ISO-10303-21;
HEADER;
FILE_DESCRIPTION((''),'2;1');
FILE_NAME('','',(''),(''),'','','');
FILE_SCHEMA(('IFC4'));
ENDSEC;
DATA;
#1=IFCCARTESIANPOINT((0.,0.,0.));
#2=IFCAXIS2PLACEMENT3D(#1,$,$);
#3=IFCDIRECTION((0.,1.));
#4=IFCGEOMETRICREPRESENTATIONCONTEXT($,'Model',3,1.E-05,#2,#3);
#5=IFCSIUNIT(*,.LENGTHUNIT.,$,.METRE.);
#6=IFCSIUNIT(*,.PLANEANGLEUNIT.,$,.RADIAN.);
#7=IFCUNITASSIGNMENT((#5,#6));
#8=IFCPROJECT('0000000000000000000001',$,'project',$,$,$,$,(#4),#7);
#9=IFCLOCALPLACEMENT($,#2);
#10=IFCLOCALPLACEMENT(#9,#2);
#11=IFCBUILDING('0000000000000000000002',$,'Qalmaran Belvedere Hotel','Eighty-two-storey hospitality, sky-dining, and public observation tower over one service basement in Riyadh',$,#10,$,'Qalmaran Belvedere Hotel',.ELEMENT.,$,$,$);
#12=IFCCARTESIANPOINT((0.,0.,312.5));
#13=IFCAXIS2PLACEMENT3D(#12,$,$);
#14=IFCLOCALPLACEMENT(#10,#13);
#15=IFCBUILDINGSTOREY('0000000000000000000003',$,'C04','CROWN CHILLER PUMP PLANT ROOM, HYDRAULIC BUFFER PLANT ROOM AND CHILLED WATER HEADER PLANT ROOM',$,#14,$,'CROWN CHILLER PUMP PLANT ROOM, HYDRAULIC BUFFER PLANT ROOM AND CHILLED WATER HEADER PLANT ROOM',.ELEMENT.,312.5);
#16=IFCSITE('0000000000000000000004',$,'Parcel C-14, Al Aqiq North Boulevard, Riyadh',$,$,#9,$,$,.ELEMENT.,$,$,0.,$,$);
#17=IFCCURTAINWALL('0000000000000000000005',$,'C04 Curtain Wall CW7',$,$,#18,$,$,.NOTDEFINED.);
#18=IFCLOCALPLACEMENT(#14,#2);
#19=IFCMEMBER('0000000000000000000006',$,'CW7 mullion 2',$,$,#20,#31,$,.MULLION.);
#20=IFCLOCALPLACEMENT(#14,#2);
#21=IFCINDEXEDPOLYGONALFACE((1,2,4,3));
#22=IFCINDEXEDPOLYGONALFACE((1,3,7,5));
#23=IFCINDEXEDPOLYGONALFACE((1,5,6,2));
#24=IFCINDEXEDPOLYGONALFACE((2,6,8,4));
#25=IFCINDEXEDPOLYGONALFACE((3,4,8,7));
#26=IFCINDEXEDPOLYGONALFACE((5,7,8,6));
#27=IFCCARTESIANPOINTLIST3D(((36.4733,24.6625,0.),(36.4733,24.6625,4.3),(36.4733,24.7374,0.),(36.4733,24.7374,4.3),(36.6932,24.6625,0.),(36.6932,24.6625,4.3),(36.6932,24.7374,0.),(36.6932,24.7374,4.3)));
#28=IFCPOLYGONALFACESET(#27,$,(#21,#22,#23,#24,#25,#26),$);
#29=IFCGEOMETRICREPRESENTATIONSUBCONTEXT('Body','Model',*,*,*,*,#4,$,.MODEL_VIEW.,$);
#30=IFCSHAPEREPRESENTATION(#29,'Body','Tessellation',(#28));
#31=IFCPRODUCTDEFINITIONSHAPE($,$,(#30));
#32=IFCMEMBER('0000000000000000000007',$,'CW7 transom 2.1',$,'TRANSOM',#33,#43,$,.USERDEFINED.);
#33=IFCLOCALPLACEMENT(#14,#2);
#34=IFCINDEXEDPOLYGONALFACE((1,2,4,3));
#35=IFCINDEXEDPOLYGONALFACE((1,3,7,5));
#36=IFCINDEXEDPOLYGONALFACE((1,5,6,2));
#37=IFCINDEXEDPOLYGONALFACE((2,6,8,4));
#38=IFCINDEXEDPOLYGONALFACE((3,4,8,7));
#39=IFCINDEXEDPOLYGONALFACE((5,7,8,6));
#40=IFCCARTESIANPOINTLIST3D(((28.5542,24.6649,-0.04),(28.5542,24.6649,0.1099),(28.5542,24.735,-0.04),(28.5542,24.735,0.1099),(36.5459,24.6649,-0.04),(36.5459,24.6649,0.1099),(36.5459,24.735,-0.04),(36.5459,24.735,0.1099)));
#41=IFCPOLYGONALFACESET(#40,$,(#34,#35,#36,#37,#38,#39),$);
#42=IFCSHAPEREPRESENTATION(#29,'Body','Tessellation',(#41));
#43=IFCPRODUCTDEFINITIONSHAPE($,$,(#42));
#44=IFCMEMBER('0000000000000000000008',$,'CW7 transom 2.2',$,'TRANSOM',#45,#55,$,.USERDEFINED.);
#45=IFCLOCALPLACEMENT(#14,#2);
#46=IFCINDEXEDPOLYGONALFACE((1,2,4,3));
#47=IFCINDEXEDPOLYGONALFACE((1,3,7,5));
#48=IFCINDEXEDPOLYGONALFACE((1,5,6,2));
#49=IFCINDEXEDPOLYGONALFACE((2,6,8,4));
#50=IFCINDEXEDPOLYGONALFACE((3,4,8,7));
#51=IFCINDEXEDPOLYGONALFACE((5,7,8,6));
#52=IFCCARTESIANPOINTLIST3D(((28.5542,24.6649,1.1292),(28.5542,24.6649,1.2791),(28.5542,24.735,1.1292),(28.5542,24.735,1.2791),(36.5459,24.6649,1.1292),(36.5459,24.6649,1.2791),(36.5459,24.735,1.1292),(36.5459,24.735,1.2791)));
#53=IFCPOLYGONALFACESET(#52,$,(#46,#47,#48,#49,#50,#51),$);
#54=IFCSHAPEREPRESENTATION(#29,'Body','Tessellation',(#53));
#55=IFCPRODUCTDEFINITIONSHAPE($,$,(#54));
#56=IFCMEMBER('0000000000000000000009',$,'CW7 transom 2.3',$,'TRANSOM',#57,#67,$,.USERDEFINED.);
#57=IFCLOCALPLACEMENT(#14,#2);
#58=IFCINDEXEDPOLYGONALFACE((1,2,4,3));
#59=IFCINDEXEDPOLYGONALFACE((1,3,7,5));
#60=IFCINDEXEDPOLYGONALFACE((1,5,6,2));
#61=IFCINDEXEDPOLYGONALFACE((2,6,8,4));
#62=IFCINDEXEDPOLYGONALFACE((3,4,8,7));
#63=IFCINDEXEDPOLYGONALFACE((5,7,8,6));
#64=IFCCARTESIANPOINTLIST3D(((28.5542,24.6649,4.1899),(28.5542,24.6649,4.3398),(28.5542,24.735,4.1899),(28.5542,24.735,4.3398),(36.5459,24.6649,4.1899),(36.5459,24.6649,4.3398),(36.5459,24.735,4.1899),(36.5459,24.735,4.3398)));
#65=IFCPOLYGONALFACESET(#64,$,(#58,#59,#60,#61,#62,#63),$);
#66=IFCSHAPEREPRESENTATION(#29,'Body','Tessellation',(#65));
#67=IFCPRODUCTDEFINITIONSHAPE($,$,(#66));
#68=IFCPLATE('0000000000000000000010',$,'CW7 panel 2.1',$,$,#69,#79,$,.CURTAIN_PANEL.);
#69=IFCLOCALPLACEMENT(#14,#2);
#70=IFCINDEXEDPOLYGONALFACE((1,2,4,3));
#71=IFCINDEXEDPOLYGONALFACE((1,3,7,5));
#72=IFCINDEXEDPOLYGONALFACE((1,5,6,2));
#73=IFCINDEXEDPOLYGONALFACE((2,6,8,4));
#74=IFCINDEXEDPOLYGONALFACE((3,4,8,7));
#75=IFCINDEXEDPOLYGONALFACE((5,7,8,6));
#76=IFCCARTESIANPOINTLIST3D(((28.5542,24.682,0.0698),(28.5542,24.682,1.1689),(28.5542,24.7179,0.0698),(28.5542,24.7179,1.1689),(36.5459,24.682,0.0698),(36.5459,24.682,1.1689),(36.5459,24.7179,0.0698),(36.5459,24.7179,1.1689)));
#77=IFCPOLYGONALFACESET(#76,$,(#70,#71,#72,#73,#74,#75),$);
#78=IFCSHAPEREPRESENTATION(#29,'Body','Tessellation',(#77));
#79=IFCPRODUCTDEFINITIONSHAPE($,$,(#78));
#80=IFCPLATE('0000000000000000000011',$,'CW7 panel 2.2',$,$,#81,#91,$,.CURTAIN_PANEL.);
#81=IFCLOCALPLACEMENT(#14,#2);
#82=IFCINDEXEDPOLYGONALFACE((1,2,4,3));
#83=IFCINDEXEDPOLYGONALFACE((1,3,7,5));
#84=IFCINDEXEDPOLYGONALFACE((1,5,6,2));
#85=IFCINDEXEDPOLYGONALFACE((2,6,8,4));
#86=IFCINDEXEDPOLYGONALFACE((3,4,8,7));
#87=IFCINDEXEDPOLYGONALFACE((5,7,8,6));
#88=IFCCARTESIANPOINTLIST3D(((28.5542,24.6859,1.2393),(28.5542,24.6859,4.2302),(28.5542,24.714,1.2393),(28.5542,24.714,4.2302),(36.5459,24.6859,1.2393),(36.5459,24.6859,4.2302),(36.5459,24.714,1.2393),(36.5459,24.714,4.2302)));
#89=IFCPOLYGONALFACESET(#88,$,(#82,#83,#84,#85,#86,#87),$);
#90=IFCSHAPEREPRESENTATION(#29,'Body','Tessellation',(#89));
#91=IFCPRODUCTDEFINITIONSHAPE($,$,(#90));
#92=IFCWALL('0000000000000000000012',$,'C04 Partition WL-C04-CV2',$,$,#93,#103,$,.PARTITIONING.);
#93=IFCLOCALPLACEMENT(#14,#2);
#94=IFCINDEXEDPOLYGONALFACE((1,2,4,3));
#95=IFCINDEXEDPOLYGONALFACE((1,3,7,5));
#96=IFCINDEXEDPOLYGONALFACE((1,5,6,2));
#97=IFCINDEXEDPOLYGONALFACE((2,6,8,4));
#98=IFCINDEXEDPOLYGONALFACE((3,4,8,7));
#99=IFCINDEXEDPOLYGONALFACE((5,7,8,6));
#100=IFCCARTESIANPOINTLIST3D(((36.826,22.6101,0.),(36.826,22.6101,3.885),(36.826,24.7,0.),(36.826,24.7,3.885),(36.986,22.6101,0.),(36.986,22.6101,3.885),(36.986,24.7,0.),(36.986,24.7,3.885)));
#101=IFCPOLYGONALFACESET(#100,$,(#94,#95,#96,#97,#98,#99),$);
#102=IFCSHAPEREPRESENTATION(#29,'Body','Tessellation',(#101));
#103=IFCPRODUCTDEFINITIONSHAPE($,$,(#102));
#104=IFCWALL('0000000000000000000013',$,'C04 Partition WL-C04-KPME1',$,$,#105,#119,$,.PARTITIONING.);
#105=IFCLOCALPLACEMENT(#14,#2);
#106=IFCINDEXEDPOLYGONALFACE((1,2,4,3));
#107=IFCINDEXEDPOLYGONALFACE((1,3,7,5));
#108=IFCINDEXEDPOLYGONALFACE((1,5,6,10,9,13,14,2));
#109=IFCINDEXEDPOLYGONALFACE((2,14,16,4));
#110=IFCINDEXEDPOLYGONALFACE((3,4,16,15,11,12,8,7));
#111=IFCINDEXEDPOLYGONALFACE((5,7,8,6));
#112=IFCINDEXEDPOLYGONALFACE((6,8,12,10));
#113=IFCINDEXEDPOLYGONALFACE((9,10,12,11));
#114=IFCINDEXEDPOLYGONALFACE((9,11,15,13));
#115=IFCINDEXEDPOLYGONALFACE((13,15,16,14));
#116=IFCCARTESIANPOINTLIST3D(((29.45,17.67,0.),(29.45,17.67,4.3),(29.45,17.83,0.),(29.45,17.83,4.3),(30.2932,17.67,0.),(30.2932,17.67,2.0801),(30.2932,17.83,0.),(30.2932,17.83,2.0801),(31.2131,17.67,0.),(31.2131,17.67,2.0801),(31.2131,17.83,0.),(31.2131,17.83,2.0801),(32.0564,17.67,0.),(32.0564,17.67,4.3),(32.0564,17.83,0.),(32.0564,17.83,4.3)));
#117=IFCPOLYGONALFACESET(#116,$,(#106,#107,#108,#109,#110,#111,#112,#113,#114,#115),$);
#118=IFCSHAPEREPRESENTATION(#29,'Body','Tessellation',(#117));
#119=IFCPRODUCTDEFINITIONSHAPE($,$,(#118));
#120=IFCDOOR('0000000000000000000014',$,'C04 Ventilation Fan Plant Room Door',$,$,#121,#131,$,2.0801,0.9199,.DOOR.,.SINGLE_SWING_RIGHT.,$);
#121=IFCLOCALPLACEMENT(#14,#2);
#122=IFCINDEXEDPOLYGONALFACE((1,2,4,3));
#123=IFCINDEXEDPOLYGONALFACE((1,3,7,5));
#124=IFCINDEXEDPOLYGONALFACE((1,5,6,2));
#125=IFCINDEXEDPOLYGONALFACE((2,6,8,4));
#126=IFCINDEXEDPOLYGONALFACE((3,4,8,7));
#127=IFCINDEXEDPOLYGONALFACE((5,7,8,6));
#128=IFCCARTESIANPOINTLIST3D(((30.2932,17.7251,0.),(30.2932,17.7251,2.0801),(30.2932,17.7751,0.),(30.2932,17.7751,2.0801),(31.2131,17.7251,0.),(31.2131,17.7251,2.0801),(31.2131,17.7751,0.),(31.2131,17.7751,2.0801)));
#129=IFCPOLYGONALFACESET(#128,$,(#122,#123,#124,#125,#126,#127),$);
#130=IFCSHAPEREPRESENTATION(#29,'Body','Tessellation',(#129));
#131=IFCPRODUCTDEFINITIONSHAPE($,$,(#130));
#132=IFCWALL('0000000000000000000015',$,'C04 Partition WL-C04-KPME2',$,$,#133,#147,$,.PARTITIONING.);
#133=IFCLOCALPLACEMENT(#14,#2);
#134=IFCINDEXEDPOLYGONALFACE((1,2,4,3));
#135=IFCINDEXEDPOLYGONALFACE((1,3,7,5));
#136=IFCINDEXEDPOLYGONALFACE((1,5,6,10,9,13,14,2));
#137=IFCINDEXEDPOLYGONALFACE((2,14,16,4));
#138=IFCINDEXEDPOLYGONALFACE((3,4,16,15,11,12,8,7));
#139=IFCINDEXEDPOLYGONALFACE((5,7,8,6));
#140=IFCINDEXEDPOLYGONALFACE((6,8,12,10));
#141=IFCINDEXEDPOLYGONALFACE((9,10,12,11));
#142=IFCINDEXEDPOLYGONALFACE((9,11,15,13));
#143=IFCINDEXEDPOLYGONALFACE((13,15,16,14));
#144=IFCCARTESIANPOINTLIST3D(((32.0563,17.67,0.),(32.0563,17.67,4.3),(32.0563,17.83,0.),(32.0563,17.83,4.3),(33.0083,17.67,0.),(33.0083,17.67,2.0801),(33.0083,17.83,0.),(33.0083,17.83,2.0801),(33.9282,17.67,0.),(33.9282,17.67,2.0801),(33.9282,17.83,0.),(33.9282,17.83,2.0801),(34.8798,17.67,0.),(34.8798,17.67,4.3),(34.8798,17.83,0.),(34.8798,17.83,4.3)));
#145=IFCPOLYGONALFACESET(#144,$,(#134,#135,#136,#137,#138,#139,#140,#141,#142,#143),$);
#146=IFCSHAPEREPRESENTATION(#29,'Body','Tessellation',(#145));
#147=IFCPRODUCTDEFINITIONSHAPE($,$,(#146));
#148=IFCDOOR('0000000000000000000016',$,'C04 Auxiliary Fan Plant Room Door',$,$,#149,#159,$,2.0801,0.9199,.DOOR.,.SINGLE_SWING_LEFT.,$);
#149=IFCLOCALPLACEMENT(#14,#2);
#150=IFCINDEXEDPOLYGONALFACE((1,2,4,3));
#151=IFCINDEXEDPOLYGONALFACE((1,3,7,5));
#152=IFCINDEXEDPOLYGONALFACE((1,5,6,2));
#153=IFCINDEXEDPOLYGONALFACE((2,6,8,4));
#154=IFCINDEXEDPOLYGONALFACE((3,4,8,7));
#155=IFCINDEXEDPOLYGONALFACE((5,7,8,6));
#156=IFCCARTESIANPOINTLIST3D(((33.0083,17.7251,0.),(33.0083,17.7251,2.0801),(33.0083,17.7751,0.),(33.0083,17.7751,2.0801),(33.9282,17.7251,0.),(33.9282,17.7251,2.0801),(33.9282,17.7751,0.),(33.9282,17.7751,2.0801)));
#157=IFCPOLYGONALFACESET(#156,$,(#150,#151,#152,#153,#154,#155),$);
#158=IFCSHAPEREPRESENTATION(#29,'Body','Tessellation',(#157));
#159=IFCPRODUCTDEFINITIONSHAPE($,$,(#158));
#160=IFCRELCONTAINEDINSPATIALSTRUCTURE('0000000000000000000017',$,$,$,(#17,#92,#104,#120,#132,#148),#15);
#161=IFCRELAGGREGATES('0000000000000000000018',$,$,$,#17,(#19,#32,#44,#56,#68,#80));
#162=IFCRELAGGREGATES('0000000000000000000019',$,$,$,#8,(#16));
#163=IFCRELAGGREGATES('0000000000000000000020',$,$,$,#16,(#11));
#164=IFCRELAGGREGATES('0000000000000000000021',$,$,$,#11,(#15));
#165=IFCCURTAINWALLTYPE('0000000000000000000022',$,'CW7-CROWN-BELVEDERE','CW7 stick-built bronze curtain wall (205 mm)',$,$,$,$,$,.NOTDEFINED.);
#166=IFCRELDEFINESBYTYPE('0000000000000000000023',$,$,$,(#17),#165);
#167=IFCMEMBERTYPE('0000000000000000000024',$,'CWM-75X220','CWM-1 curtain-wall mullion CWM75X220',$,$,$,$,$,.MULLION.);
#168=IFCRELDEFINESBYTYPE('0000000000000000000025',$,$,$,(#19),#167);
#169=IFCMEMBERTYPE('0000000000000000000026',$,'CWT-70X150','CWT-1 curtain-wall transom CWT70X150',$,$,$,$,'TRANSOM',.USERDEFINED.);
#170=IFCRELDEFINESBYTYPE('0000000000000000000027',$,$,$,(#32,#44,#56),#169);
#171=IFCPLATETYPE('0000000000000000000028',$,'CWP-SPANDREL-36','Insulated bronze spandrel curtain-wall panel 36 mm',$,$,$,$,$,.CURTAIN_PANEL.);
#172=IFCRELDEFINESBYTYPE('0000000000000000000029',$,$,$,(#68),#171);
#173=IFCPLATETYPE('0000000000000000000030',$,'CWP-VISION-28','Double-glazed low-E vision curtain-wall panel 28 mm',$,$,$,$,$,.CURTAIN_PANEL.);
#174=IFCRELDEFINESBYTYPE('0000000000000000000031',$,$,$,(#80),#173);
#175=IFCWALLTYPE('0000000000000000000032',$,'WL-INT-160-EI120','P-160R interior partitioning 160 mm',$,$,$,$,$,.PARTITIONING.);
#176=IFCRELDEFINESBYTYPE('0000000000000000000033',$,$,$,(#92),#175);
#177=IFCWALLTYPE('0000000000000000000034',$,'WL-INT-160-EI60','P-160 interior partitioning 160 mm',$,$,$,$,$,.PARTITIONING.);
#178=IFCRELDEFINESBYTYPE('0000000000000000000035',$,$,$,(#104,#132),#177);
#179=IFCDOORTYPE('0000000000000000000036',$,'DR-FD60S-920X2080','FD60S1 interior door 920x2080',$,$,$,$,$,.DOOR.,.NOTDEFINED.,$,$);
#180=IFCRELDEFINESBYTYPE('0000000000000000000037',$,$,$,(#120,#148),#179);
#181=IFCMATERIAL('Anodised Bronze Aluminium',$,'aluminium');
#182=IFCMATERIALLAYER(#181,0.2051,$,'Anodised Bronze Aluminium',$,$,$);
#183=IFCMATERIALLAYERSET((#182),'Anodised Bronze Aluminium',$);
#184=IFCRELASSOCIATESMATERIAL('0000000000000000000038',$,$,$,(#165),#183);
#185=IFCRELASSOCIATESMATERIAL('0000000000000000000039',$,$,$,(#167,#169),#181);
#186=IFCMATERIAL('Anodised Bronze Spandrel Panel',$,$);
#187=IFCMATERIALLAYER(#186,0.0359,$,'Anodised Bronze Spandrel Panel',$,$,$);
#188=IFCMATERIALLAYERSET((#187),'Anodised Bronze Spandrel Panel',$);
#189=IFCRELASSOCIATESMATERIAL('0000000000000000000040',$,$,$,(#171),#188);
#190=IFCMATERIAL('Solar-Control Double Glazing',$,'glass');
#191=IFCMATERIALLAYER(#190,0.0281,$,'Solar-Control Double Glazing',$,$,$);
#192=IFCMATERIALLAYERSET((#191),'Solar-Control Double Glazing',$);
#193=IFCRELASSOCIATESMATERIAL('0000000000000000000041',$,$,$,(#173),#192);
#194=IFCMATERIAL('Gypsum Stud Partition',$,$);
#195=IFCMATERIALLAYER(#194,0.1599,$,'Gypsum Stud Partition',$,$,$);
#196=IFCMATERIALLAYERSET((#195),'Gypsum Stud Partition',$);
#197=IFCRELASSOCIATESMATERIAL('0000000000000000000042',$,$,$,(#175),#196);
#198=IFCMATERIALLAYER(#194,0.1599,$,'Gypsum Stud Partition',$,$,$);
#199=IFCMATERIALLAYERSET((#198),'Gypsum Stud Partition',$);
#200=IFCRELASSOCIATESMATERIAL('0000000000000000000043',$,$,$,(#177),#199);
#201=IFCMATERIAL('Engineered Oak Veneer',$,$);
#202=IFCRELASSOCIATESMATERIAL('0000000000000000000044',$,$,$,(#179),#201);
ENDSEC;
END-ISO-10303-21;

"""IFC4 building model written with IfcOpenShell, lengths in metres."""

from ifc_helpers import new_model, si_unit, direction, frame, frame_2d, origin, origin_2d, place, context, subcontext, project, spatial, rectangle, extrude, material, layer, layer_set, material_profile, profile_set, type_object, element, fill, aggregate, save


model = new_model("IFC4")

# Units and contexts
model_context = context("Model", 3, precision=1e-05, world=origin(), true_north=direction((0.0, 1.0)))
body_context = subcontext(model_context, "Body", "Model", "MODEL_VIEW")
ifc_project = project(units=[si_unit("LENGTHUNIT", "METRE"), si_unit("PLANEANGLEUNIT", "RADIAN")], contexts=[model_context])

# Site, building, storey
site_placement = place(None, origin())
site = spatial("IfcSite", under=ifc_project, at=site_placement, Name="Parcel C-14, Al Aqiq North Boulevard, Riyadh", CompositionType="ELEMENT", RefElevation=0.0)
building_placement = place(site_placement, origin())
building = spatial("IfcBuilding", under=site, at=building_placement, Name="Qalmaran Belvedere Hotel", Description="Eighty-two-storey hospitality, sky-dining, and public observation tower over one service basement in Riyadh", LongName="Qalmaran Belvedere Hotel", CompositionType="ELEMENT")
storey_placement = place(building_placement, frame((0.0, 0.0, 312.5)))
storey = spatial("IfcBuildingStorey", under=building, at=storey_placement, Name="C04", Description="CROWN CHILLER PUMP PLANT ROOM, HYDRAULIC BUFFER PLANT ROOM AND CHILLED WATER HEADER PLANT ROOM", LongName="CROWN CHILLER PUMP PLANT ROOM, HYDRAULIC BUFFER PLANT ROOM AND CHILLED WATER HEADER PLANT ROOM", CompositionType="ELEMENT", Elevation=312.5)

# Curtain wall, members, plates
ifc_material_1 = material(Name="Anodised Bronze Aluminium", Category="aluminium")
ifc_layer_1 = layer(ifc_material_1, 0.2051, Name="Anodised Bronze Aluminium")
ifc_layer_set_1 = layer_set([ifc_layer_1], Name="Anodised Bronze Aluminium")
curtain_wall_type = type_object("IfcCurtainWallType", Name="CW7-CROWN-BELVEDERE", Description="CW7 stick-built bronze curtain wall (205 mm)", PredefinedType="NOTDEFINED", material=ifc_layer_set_1)
curtain_wall_placement = place(storey_placement, origin())
curtain_wall = element("IfcCurtainWall", 1, at=curtain_wall_placement, inside=storey, type_object=curtain_wall_type, Name="C04 Curtain Wall CW7", PredefinedType="NOTDEFINED")
ifc_material_profile_1 = material_profile(ifc_material_1, rectangle(XDim=0.075, YDim=0.22, at=origin_2d()), Name="CWM75X220")
ifc_profile_set_1 = profile_set([ifc_material_profile_1], Name="Anodised Bronze Aluminium")
member_type_1 = type_object("IfcMemberType", Name="CWM-75X220", Description="CWM-1 curtain-wall mullion CWM75X220", PredefinedType="MULLION", material=ifc_profile_set_1)
member_1_placement = place(storey_placement, frame((36.5833, 24.7, 0.0), z_axis=(0.0, 0.0, 1.0), x_axis=(0.0, -1.0, 0.0)))
member_1 = element("IfcMember", 2, at=member_1_placement, type_object=member_type_1, Name="CW7 mullion 2", PredefinedType="MULLION", context=body_context, shape_type="SweptSolid", body=[
    extrude(rectangle(XDim=0.075, YDim=0.22, at=origin_2d()), origin(), (0.0, 0.0, 1.0), 4.3),
])
ifc_material_profile_2 = material_profile(ifc_material_1, rectangle(XDim=0.0701, YDim=0.1499, at=origin_2d()), Name="CWT70X150")
ifc_profile_set_2 = profile_set([ifc_material_profile_2], Name="Anodised Bronze Aluminium")
member_type_2 = type_object("IfcMemberType", Name="CWT-70X150", Description="CWT-1 curtain-wall transom CWT70X150", ElementType="TRANSOM", PredefinedType="USERDEFINED", material=ifc_profile_set_2)
member_2_placement = place(storey_placement, frame((36.5459, 24.7, 0.0349), z_axis=(-1.0, 0.0, 0.0), x_axis=(0.0, -1.0, 0.0)))
member_2 = element("IfcMember", 3, at=member_2_placement, type_object=member_type_2, Name="CW7 transom 2.1", ObjectType="TRANSOM", PredefinedType="USERDEFINED", context=body_context, shape_type="SweptSolid", body=[
    extrude(rectangle(XDim=0.0701, YDim=0.1499, at=origin_2d()), origin(), (0.0, 0.0, 1.0), 7.9917),
])
member_3_placement = place(storey_placement, frame((36.5459, 24.7, 1.2041), z_axis=(-1.0, 0.0, 0.0), x_axis=(0.0, -1.0, 0.0)))
member_3 = element("IfcMember", 4, at=member_3_placement, type_object=member_type_2, Name="CW7 transom 2.2", ObjectType="TRANSOM", PredefinedType="USERDEFINED", context=body_context, shape_type="SweptSolid", body=[
    extrude(rectangle(XDim=0.0701, YDim=0.1499, at=origin_2d()), origin(), (0.0, 0.0, 1.0), 7.9917),
])
member_4_placement = place(storey_placement, frame((36.5459, 24.7, 4.2649), z_axis=(-1.0, 0.0, 0.0), x_axis=(0.0, -1.0, 0.0)))
member_4 = element("IfcMember", 5, at=member_4_placement, type_object=member_type_2, Name="CW7 transom 2.3", ObjectType="TRANSOM", PredefinedType="USERDEFINED", context=body_context, shape_type="SweptSolid", body=[
    extrude(rectangle(XDim=0.0701, YDim=0.1499, at=origin_2d()), origin(), (0.0, 0.0, 1.0), 7.9917),
])
ifc_material_2 = material(Name="Anodised Bronze Spandrel Panel")
ifc_layer_2 = layer(ifc_material_2, 0.0359, Name="Anodised Bronze Spandrel Panel")
ifc_layer_set_2 = layer_set([ifc_layer_2], Name="Anodised Bronze Spandrel Panel")
plate_type_1 = type_object("IfcPlateType", Name="CWP-SPANDREL-36", Description="Insulated bronze spandrel curtain-wall panel 36 mm", PredefinedType="CURTAIN_PANEL", material=ifc_layer_set_2)
plate_1_placement = place(storey_placement, frame((32.55, 24.7, 0.0698), z_axis=(0.0, 0.0, 1.0), x_axis=(-1.0, 0.0, 0.0)))
plate_1 = element("IfcPlate", 6, at=plate_1_placement, type_object=plate_type_1, Name="CW7 panel 2.1", PredefinedType="CURTAIN_PANEL", context=body_context, shape_type="SweptSolid", body=[
    extrude(rectangle(XDim=7.9917, YDim=0.0359, at=origin_2d()), origin(), (0.0, 0.0, 1.0), 1.0991),
])
ifc_material_3 = material(Name="Solar-Control Double Glazing", Category="glass")
ifc_layer_3 = layer(ifc_material_3, 0.0281, Name="Solar-Control Double Glazing")
ifc_layer_set_3 = layer_set([ifc_layer_3], Name="Solar-Control Double Glazing")
plate_type_2 = type_object("IfcPlateType", Name="CWP-VISION-28", Description="Double-glazed low-E vision curtain-wall panel 28 mm", PredefinedType="CURTAIN_PANEL", material=ifc_layer_set_3)
plate_2_placement = place(storey_placement, frame((32.55, 24.7, 1.2393), z_axis=(0.0, 0.0, 1.0), x_axis=(-1.0, 0.0, 0.0)))
plate_2 = element("IfcPlate", 7, at=plate_2_placement, type_object=plate_type_2, Name="CW7 panel 2.2", PredefinedType="CURTAIN_PANEL", context=body_context, shape_type="SweptSolid", body=[
    extrude(rectangle(XDim=7.9917, YDim=0.0281, at=origin_2d()), origin(), (0.0, 0.0, 1.0), 2.991),
])
aggregate(curtain_wall, [member_1, member_2, member_3, member_4, plate_1, plate_2])

# Wall
ifc_material_4 = material(Name="Gypsum Stud Partition")
ifc_layer_4 = layer(ifc_material_4, 0.1599, Name="Gypsum Stud Partition")
ifc_layer_set_4 = layer_set([ifc_layer_4], Name="Gypsum Stud Partition")
wall_type_1 = type_object("IfcWallType", Name="WL-INT-160-EI120", Description="P-160R interior partitioning 160 mm", PredefinedType="PARTITIONING", material=ifc_layer_set_4)
wall_1_placement = place(storey_placement, frame((36.906, 22.6101, 0.0), z_axis=(0.0, 0.0, 1.0), x_axis=(0.0, 1.0, 0.0)))
element("IfcWall", 8, at=wall_1_placement, inside=storey, type_object=wall_type_1, Name="C04 Partition WL-C04-CV2", PredefinedType="PARTITIONING", context=body_context, shape_type="SweptSolid", body=[
    extrude(rectangle(XDim=2.0898, YDim=0.1599, at=frame_2d((1.0449, 0.0))), origin(), (0.0, 0.0, 1.0), 3.885),
])

# Walls, openings, doors
ifc_layer_5 = layer(ifc_material_4, 0.1599, Name="Gypsum Stud Partition")
ifc_layer_set_5 = layer_set([ifc_layer_5], Name="Gypsum Stud Partition")
wall_type_2 = type_object("IfcWallType", Name="WL-INT-160-EI60", Description="P-160 interior partitioning 160 mm", PredefinedType="PARTITIONING", material=ifc_layer_set_5)
wall_2_placement = place(storey_placement, frame((29.45, 17.75, 0.0), z_axis=(0.0, 0.0, 1.0), x_axis=(1.0, 0.0, 0.0)))
wall_2 = element("IfcWall", 9, at=wall_2_placement, inside=storey, type_object=wall_type_2, Name="C04 Partition WL-C04-KPME1", PredefinedType="PARTITIONING", context=body_context, shape_type="SweptSolid", body=[
    extrude(rectangle(XDim=2.6064, YDim=0.1599, at=frame_2d((1.3032, 0.0))), origin(), (0.0, 0.0, 1.0), 4.3),
])
opening_1_placement = place(wall_2_placement, frame((1.7632, 0.0, 0.0), z_axis=(0.0, 0.0, 1.0), x_axis=(-1.0, 0.0, 0.0)))
opening_1 = element("IfcOpeningElement", 10, at=opening_1_placement, cuts=wall_2, PredefinedType="OPENING", context=body_context, shape_type="SweptSolid", body=[
    extrude(rectangle(XDim=0.9199, YDim=2.0801, at=frame_2d((0.46, 1.04))), frame((0.0, 0.0898, 0.0), z_axis=(0.0, -1.0, 0.0), x_axis=(1.0, 0.0, 0.0)), (0.0, 0.0, 1.0), 0.1799),
])
ifc_material_5 = material(Name="Engineered Oak Veneer")
door_type_1 = type_object("IfcDoorType", Name="DR-FD60S-920X2080", Description="FD60S1 interior door 920x2080", OperationType="NOTDEFINED", PredefinedType="DOOR", material=ifc_material_5)
door_1_placement = place(opening_1_placement, origin())
door_1 = element("IfcDoor", 11, at=door_1_placement, inside=storey, type_object=door_type_1, Name="C04 Ventilation Fan Plant Room Door", OperationType="SINGLE_SWING_RIGHT", OverallHeight=2.0801, OverallWidth=0.9199, PredefinedType="DOOR", context=body_context, shape_type="SweptSolid", body=[
    extrude(rectangle(XDim=0.9199, YDim=2.0801, at=frame_2d((0.46, 1.04))), frame((0.0, 0.0249, 0.0), z_axis=(0.0, -1.0, 0.0), x_axis=(1.0, 0.0, 0.0)), (0.0, 0.0, 1.0), 0.05),
])
fill(opening_1, door_1)
wall_3_placement = place(storey_placement, frame((32.0564, 17.75, 0.0), z_axis=(0.0, 0.0, 1.0), x_axis=(1.0, 0.0, 0.0)))
wall_3 = element("IfcWall", 12, at=wall_3_placement, inside=storey, type_object=wall_type_2, Name="C04 Partition WL-C04-KPME2", PredefinedType="PARTITIONING", context=body_context, shape_type="SweptSolid", body=[
    extrude(rectangle(XDim=2.8235, YDim=0.1599, at=frame_2d((1.4116, 0.0))), origin(), (0.0, 0.0, 1.0), 4.3),
])
opening_2_placement = place(wall_3_placement, frame((1.8718, 0.0, 0.0), z_axis=(0.0, 0.0, 1.0), x_axis=(-1.0, 0.0, 0.0)))
opening_2 = element("IfcOpeningElement", 13, at=opening_2_placement, cuts=wall_3, PredefinedType="OPENING", context=body_context, shape_type="SweptSolid", body=[
    extrude(rectangle(XDim=0.9199, YDim=2.0801, at=frame_2d((0.46, 1.04))), frame((0.0, 0.0898, 0.0), z_axis=(0.0, -1.0, 0.0), x_axis=(1.0, 0.0, 0.0)), (0.0, 0.0, 1.0), 0.1799),
])
door_2_placement = place(opening_2_placement, origin())
door_2 = element("IfcDoor", 14, at=door_2_placement, inside=storey, type_object=door_type_1, Name="C04 Auxiliary Fan Plant Room Door", OperationType="SINGLE_SWING_LEFT", OverallHeight=2.0801, OverallWidth=0.9199, PredefinedType="DOOR", context=body_context, shape_type="SweptSolid", body=[
    extrude(rectangle(XDim=0.9199, YDim=2.0801, at=frame_2d((0.46, 1.04))), frame((0.0, 0.0249, 0.0), z_axis=(0.0, -1.0, 0.0), x_axis=(1.0, 0.0, 0.0)), (0.0, 0.0, 1.0), 0.05),
])
fill(opening_2, door_2)

save(model, "model.ifc")
